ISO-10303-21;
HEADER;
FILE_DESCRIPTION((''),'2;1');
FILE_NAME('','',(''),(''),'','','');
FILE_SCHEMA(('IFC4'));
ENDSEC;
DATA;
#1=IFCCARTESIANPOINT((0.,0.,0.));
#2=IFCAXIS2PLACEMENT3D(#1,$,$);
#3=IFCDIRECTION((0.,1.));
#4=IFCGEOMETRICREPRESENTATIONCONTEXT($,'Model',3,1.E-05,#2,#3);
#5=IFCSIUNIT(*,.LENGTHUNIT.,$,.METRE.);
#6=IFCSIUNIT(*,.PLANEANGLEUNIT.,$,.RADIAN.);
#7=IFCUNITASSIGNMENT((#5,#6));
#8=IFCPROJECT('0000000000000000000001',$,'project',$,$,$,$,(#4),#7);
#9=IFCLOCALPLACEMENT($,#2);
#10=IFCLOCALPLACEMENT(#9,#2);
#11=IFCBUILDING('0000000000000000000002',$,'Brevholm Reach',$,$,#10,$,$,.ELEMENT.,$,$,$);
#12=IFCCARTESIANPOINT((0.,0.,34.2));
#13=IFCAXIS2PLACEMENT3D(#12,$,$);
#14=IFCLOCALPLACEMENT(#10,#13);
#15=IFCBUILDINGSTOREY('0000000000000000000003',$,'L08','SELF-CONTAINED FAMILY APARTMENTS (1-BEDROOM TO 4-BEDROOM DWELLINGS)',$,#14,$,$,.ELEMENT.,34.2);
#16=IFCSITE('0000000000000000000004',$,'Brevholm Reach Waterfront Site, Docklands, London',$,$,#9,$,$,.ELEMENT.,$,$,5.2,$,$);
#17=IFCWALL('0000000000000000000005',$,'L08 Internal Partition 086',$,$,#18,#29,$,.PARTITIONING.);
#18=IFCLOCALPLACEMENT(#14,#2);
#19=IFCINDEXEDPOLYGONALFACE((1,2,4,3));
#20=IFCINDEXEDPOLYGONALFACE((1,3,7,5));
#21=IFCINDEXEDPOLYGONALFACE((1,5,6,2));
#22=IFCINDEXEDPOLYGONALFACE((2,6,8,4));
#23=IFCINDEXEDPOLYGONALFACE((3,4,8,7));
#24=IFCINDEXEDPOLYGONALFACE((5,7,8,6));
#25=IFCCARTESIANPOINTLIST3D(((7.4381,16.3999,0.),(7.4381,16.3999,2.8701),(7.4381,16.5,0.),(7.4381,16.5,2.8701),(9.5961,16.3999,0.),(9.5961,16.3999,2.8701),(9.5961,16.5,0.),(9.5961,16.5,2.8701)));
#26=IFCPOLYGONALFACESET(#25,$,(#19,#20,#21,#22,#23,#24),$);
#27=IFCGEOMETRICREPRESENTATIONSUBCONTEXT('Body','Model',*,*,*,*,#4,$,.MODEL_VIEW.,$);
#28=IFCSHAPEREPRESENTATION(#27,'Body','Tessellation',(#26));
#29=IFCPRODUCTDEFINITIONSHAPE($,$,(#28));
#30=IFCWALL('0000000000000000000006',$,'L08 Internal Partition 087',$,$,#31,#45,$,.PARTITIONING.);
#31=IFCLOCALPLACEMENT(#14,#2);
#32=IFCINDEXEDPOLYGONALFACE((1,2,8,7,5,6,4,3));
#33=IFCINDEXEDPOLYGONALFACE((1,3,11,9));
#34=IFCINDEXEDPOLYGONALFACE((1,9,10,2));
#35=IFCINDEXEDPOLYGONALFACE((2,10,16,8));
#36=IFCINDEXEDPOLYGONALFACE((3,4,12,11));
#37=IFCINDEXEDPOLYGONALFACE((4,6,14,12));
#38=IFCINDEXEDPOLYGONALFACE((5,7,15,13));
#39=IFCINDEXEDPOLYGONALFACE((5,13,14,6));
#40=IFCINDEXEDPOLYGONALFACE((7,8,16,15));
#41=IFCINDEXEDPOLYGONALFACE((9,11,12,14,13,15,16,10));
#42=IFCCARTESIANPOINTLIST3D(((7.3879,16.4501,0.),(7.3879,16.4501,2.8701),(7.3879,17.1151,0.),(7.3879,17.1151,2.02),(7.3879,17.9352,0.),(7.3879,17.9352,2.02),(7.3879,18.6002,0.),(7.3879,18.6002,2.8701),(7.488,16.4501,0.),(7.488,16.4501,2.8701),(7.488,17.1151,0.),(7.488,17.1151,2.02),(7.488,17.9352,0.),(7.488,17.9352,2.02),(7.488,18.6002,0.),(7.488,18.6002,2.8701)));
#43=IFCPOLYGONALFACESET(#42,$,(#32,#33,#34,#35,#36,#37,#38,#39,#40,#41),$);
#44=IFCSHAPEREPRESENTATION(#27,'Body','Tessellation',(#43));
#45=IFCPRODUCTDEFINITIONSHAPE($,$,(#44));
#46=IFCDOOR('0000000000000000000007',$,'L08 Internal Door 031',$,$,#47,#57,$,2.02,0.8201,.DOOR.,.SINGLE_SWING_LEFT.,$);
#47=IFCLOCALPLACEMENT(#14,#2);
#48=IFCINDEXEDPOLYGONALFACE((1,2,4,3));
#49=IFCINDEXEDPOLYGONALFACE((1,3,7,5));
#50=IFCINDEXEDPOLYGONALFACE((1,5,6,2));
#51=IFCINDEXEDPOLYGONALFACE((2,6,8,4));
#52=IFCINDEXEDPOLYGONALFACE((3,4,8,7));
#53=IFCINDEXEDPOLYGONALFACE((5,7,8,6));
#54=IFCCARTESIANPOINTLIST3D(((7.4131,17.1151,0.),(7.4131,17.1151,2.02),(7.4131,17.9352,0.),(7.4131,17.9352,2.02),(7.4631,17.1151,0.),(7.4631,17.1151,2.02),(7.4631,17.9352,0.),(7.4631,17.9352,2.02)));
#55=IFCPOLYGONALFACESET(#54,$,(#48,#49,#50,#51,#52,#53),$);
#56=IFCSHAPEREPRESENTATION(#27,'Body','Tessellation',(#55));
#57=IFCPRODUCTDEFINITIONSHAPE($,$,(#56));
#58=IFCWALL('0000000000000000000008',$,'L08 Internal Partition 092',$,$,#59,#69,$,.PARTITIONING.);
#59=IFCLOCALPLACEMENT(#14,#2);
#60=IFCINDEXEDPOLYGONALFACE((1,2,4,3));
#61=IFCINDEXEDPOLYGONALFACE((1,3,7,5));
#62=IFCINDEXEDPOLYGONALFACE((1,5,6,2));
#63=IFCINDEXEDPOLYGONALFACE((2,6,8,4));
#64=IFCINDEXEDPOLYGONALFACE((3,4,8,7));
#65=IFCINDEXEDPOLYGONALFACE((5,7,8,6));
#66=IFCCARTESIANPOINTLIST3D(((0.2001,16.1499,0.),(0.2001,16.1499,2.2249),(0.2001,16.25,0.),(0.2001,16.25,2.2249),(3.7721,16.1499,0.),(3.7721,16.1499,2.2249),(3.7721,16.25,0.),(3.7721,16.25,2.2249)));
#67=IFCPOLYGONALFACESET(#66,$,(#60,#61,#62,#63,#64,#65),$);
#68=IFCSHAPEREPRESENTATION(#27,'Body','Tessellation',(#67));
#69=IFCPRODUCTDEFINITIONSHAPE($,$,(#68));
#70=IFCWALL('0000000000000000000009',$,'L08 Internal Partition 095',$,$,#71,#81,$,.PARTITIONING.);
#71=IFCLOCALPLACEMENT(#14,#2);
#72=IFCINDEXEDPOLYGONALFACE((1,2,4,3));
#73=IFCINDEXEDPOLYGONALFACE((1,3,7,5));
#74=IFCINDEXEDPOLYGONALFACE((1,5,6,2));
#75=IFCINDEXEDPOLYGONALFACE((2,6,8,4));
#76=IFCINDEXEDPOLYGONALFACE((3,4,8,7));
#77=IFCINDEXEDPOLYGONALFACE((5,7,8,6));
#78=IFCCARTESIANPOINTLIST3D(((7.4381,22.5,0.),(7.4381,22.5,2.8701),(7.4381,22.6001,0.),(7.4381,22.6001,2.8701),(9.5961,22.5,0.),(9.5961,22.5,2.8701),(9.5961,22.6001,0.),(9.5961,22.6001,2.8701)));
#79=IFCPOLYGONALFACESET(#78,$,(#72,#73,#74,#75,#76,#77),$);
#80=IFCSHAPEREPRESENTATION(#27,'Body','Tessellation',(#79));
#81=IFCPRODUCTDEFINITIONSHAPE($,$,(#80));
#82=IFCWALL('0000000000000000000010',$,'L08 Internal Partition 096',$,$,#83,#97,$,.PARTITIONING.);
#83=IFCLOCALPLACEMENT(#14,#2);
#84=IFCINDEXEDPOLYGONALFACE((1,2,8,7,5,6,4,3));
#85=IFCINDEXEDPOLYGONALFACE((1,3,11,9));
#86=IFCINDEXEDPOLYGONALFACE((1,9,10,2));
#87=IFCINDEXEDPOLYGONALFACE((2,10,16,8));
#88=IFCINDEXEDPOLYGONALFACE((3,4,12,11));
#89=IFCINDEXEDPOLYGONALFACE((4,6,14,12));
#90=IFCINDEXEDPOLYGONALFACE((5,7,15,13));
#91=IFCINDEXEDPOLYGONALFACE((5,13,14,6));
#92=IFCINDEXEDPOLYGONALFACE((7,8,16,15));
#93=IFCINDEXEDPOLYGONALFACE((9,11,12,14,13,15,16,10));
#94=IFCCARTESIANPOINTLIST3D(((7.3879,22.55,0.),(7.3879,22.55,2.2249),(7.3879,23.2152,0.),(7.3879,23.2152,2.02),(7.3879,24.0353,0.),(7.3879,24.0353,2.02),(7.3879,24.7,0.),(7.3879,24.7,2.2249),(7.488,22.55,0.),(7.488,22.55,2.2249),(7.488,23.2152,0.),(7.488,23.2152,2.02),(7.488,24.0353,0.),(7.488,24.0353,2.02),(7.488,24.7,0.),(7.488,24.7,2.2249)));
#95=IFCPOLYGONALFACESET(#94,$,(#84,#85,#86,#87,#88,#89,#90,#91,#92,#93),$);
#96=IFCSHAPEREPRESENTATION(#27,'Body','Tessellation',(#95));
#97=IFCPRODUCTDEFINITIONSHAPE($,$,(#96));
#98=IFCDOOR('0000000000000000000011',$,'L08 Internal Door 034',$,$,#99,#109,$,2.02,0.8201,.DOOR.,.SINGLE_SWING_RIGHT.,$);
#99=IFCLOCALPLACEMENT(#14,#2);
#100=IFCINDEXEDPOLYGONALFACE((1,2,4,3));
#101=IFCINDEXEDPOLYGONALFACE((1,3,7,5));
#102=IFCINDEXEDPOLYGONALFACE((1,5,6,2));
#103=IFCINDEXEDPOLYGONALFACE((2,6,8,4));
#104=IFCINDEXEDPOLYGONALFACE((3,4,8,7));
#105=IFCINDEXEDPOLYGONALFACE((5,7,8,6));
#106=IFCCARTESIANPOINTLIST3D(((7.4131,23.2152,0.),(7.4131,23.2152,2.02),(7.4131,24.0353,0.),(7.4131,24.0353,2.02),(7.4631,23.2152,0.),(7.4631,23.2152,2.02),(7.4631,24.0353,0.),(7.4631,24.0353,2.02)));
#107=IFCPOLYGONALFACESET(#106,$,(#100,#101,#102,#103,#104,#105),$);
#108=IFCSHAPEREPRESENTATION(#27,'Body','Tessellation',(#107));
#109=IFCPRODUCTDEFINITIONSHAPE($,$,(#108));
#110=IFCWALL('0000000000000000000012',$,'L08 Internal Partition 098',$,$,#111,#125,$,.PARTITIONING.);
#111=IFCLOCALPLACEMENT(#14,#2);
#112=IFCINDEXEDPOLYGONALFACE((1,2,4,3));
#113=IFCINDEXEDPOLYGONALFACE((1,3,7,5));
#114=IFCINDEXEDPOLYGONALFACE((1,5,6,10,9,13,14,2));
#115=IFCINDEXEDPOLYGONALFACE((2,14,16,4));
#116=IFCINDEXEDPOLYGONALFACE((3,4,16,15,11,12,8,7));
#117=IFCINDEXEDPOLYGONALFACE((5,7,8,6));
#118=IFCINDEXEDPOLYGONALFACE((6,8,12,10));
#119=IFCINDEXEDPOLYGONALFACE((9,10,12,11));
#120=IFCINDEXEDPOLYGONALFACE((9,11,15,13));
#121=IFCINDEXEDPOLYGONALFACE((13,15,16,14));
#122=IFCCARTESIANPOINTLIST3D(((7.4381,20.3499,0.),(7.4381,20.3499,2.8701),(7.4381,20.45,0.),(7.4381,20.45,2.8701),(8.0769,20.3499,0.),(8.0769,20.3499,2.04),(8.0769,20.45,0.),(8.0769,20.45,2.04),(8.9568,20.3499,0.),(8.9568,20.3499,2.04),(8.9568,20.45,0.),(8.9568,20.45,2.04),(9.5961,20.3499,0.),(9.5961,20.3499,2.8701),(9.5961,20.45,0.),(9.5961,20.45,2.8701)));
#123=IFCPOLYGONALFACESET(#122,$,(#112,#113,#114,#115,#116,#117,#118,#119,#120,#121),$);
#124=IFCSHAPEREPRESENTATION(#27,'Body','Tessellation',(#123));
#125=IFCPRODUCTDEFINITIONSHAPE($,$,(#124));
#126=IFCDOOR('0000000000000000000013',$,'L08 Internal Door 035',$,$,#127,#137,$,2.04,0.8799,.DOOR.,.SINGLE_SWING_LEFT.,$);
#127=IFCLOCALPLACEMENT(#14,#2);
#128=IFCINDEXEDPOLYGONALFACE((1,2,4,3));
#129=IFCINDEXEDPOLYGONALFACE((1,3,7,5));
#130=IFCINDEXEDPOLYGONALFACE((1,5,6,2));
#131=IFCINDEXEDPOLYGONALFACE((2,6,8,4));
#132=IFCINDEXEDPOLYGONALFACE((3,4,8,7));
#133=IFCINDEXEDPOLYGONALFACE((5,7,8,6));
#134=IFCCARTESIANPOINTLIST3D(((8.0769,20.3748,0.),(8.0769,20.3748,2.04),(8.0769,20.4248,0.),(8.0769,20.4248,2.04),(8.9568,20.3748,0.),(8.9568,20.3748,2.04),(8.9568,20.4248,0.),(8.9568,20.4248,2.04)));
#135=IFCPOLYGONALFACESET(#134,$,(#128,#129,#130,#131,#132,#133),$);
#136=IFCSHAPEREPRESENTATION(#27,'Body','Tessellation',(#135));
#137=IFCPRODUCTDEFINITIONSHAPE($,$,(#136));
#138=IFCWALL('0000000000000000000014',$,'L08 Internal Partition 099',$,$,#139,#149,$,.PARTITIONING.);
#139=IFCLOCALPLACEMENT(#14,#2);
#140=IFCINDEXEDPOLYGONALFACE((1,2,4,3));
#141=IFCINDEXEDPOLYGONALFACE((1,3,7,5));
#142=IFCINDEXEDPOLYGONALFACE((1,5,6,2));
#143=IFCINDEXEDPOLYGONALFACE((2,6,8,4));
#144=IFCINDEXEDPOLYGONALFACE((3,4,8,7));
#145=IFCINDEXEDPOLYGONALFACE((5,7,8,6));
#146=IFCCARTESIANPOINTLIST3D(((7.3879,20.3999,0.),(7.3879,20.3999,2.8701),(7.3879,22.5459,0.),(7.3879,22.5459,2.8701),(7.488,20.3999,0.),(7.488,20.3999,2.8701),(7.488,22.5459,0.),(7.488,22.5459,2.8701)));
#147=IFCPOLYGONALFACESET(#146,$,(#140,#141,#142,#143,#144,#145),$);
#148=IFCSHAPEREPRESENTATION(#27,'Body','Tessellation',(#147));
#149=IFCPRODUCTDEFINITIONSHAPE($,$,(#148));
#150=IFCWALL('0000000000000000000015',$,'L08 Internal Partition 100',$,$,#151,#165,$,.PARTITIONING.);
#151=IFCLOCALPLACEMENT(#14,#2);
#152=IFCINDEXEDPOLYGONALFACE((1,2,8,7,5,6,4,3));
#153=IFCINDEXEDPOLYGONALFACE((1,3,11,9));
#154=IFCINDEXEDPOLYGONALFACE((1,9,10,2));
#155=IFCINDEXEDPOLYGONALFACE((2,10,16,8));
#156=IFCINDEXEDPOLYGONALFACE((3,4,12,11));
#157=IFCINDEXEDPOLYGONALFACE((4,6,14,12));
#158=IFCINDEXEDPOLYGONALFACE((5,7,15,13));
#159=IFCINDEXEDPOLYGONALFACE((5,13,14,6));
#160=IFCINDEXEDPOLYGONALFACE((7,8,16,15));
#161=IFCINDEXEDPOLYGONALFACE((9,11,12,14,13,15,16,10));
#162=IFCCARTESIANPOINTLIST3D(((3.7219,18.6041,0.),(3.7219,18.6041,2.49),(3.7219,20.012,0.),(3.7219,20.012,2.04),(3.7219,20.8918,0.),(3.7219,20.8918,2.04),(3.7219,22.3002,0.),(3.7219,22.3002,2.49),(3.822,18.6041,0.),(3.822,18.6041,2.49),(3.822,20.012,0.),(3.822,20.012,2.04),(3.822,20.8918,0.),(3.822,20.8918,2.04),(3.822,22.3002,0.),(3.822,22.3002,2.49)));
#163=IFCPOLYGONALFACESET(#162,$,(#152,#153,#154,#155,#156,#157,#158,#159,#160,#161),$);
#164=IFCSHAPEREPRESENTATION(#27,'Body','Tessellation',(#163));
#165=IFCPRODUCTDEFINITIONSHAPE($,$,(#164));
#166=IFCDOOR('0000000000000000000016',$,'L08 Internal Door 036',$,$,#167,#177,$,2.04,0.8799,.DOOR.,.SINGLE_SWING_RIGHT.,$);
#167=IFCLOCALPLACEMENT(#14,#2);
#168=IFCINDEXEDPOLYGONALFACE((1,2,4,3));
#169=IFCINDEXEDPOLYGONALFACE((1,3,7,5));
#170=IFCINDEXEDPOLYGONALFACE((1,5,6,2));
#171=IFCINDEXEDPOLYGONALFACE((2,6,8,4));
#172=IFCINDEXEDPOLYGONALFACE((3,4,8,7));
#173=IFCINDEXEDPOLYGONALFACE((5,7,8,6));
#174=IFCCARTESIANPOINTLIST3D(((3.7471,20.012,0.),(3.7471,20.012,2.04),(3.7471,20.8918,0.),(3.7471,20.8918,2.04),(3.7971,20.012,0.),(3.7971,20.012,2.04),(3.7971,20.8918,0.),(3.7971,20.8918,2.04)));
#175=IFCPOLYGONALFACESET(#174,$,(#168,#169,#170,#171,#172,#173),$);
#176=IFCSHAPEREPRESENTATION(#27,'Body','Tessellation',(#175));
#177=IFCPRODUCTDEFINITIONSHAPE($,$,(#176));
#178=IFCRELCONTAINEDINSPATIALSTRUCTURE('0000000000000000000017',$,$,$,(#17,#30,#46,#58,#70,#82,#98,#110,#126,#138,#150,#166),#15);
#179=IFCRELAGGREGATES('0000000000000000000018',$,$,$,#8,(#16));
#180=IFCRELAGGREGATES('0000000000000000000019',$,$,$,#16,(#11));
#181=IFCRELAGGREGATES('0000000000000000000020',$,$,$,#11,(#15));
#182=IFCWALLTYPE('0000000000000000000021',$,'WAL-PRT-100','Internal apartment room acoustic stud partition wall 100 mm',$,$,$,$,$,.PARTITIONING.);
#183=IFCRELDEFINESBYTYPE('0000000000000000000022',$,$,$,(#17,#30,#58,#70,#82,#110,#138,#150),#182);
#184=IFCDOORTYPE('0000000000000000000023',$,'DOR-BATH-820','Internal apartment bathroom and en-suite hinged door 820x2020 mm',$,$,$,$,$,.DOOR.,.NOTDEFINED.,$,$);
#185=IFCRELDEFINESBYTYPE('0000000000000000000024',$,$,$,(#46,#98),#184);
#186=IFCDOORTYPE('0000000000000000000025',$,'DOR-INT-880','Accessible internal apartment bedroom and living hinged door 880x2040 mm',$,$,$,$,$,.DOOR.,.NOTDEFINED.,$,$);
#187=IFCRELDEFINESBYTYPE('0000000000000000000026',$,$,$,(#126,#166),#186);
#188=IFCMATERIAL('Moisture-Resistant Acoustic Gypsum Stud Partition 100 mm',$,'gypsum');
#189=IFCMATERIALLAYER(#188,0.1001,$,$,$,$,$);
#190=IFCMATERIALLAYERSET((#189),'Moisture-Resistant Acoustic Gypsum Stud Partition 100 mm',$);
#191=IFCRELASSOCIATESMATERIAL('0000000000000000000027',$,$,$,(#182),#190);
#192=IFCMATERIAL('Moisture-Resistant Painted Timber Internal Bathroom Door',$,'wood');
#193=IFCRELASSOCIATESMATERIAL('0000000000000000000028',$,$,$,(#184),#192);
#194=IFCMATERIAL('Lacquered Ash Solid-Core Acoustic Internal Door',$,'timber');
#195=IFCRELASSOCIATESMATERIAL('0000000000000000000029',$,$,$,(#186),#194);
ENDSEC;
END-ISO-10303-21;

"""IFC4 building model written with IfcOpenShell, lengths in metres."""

from ifc_helpers import new_model, si_unit, direction, frame, frame_2d, origin, place, context, subcontext, project, spatial, rectangle, extrude, material, layer, layer_set, type_object, element, fill, save


model = new_model("IFC4")

# Units and contexts
model_context = context("Model", 3, precision=1e-05, world=origin(), true_north=direction((0.0, 1.0)))
body_context = subcontext(model_context, "Body", "Model", "MODEL_VIEW")
ifc_project = project(units=[si_unit("LENGTHUNIT", "METRE"), si_unit("PLANEANGLEUNIT", "RADIAN")], contexts=[model_context])

# Site, building, storey
site_placement = place(None, origin())
site = spatial("IfcSite", under=ifc_project, at=site_placement, Name="Brevholm Reach Waterfront Site, Docklands, London", CompositionType="ELEMENT", RefElevation=5.2)
building_placement = place(site_placement, origin())
building = spatial("IfcBuilding", under=site, at=building_placement, Name="Brevholm Reach", CompositionType="ELEMENT")
storey_placement = place(building_placement, frame((0.0, 0.0, 34.2)))
storey = spatial("IfcBuildingStorey", under=building, at=storey_placement, Name="L08", Description="SELF-CONTAINED FAMILY APARTMENTS (1-BEDROOM TO 4-BEDROOM DWELLINGS)", CompositionType="ELEMENT", Elevation=34.2)

# Wall
ifc_material_1 = material(Name="Moisture-Resistant Acoustic Gypsum Stud Partition 100 mm", Category="gypsum")
ifc_layer_1 = layer(ifc_material_1, 0.1001)
ifc_layer_set_1 = layer_set([ifc_layer_1], Name="Moisture-Resistant Acoustic Gypsum Stud Partition 100 mm")
wall_type_1 = type_object("IfcWallType", Name="WAL-PRT-100", Description="Internal apartment room acoustic stud partition wall 100 mm", PredefinedType="PARTITIONING", material=ifc_layer_set_1)
wall_1_placement = place(storey_placement, frame((7.438, 16.45, 0.0), z_axis=(0.0, 0.0, 1.0), x_axis=(1.0, 0.0, 0.0)))
element("IfcWall", 1, at=wall_1_placement, inside=storey, type_object=wall_type_1, Name="L08 Internal Partition 086", PredefinedType="PARTITIONING", context=body_context, shape_type="SweptSolid", body=[
    extrude(rectangle(XDim=2.158, YDim=0.1001, at=frame_2d((1.0791, 0.0))), origin(), (0.0, 0.0, 1.0), 2.8701),
])

# Wall, opening, door
wall_2_placement = place(storey_placement, frame((7.438, 16.45, 0.0), z_axis=(0.0, 0.0, 1.0), x_axis=(0.0, 1.0, 0.0)))
wall_2 = element("IfcWall", 2, at=wall_2_placement, inside=storey, type_object=wall_type_1, Name="L08 Internal Partition 087", PredefinedType="PARTITIONING", context=body_context, shape_type="SweptSolid", body=[
    extrude(rectangle(XDim=2.1501, YDim=0.1001, at=frame_2d((1.0752, 0.0))), origin(), (0.0, 0.0, 1.0), 2.8701),
])
opening_1_placement = place(wall_2_placement, frame((0.665, 0.0, 0.0)))
opening_1 = element("IfcOpeningElement", 3, at=opening_1_placement, cuts=wall_2, PredefinedType="OPENING", context=body_context, shape_type="SweptSolid", body=[
    extrude(rectangle(XDim=0.8201, YDim=2.02, at=frame_2d((0.4102, 1.01))), frame((0.0, 0.0601, 0.0), z_axis=(0.0, -1.0, 0.0), x_axis=(1.0, 0.0, 0.0)), (0.0, 0.0, 1.0), 0.1201),
])
ifc_material_2 = material(Name="Moisture-Resistant Painted Timber Internal Bathroom Door", Category="wood")
door_type_1 = type_object("IfcDoorType", Name="DOR-BATH-820", Description="Internal apartment bathroom and en-suite hinged door 820x2020 mm", OperationType="NOTDEFINED", PredefinedType="DOOR", material=ifc_material_2)
door_1_placement = place(opening_1_placement, origin())
door_1 = element("IfcDoor", 4, at=door_1_placement, inside=storey, type_object=door_type_1, Name="L08 Internal Door 031", OperationType="SINGLE_SWING_LEFT", OverallHeight=2.02, OverallWidth=0.8201, PredefinedType="DOOR", context=body_context, shape_type="SweptSolid", body=[
    extrude(rectangle(XDim=0.8201, YDim=2.02, at=frame_2d((0.4102, 1.01))), frame((0.0, 0.0249, 0.0), z_axis=(0.0, -1.0, 0.0), x_axis=(1.0, 0.0, 0.0)), (0.0, 0.0, 1.0), 0.05),
])
fill(opening_1, door_1)

# Walls
wall_3_placement = place(storey_placement, frame((0.2, 16.2, 0.0), z_axis=(0.0, 0.0, 1.0), x_axis=(1.0, 0.0, 0.0)))
element("IfcWall", 5, at=wall_3_placement, inside=storey, type_object=wall_type_1, Name="L08 Internal Partition 092", PredefinedType="PARTITIONING", context=body_context, shape_type="SweptSolid", body=[
    extrude(rectangle(XDim=3.572, YDim=0.1001, at=frame_2d((1.7861, 0.0))), origin(), (0.0, 0.0, 1.0), 2.2249),
])
wall_4_placement = place(storey_placement, frame((7.438, 22.55, 0.0), z_axis=(0.0, 0.0, 1.0), x_axis=(1.0, 0.0, 0.0)))
element("IfcWall", 6, at=wall_4_placement, inside=storey, type_object=wall_type_1, Name="L08 Internal Partition 095", PredefinedType="PARTITIONING", context=body_context, shape_type="SweptSolid", body=[
    extrude(rectangle(XDim=2.158, YDim=0.1001, at=frame_2d((1.0791, 0.0))), origin(), (0.0, 0.0, 1.0), 2.8701),
])

# Walls, openings, doors
wall_5_placement = place(storey_placement, frame((7.438, 22.55, 0.0), z_axis=(0.0, 0.0, 1.0), x_axis=(0.0, 1.0, 0.0)))
wall_5 = element("IfcWall", 7, at=wall_5_placement, inside=storey, type_object=wall_type_1, Name="L08 Internal Partition 096", PredefinedType="PARTITIONING", context=body_context, shape_type="SweptSolid", body=[
    extrude(rectangle(XDim=2.1499, YDim=0.1001, at=frame_2d((1.075, 0.0))), origin(), (0.0, 0.0, 1.0), 2.2249),
])
opening_2_placement = place(wall_5_placement, frame((0.665, 0.0, 0.0)))
opening_2 = element("IfcOpeningElement", 8, at=opening_2_placement, cuts=wall_5, PredefinedType="OPENING", context=body_context, shape_type="SweptSolid", body=[
    extrude(rectangle(XDim=0.8201, YDim=2.02, at=frame_2d((0.4102, 1.01))), frame((0.0, 0.0601, 0.0), z_axis=(0.0, -1.0, 0.0), x_axis=(1.0, 0.0, 0.0)), (0.0, 0.0, 1.0), 0.1201),
])
door_2_placement = place(opening_2_placement, origin())
door_2 = element("IfcDoor", 9, at=door_2_placement, inside=storey, type_object=door_type_1, Name="L08 Internal Door 034", OperationType="SINGLE_SWING_RIGHT", OverallHeight=2.02, OverallWidth=0.8201, PredefinedType="DOOR", context=body_context, shape_type="SweptSolid", body=[
    extrude(rectangle(XDim=0.8201, YDim=2.02, at=frame_2d((0.4102, 1.01))), frame((0.0, 0.0249, 0.0), z_axis=(0.0, -1.0, 0.0), x_axis=(1.0, 0.0, 0.0)), (0.0, 0.0, 1.0), 0.05),
])
fill(opening_2, door_2)
wall_6_placement = place(storey_placement, frame((7.438, 20.3999, 0.0), z_axis=(0.0, 0.0, 1.0), x_axis=(1.0, 0.0, 0.0)))
wall_6 = element("IfcWall", 10, at=wall_6_placement, inside=storey, type_object=wall_type_1, Name="L08 Internal Partition 098", PredefinedType="PARTITIONING", context=body_context, shape_type="SweptSolid", body=[
    extrude(rectangle(XDim=2.158, YDim=0.1001, at=frame_2d((1.0791, 0.0))), origin(), (0.0, 0.0, 1.0), 2.8701),
])
opening_3_placement = place(wall_6_placement, frame((0.6389, 0.0, 0.0)))
opening_3 = element("IfcOpeningElement", 11, at=opening_3_placement, cuts=wall_6, PredefinedType="OPENING", context=body_context, shape_type="SweptSolid", body=[
    extrude(rectangle(XDim=0.8799, YDim=2.04, at=frame_2d((0.4399, 1.02))), frame((0.0, 0.0601, 0.0), z_axis=(0.0, -1.0, 0.0), x_axis=(1.0, 0.0, 0.0)), (0.0, 0.0, 1.0), 0.1201),
])
ifc_material_3 = material(Name="Lacquered Ash Solid-Core Acoustic Internal Door", Category="timber")
door_type_2 = type_object("IfcDoorType", Name="DOR-INT-880", Description="Accessible internal apartment bedroom and living hinged door 880x2040 mm", OperationType="NOTDEFINED", PredefinedType="DOOR", material=ifc_material_3)
door_3_placement = place(opening_3_placement, origin())
door_3 = element("IfcDoor", 12, at=door_3_placement, inside=storey, type_object=door_type_2, Name="L08 Internal Door 035", OperationType="SINGLE_SWING_LEFT", OverallHeight=2.04, OverallWidth=0.8799, PredefinedType="DOOR", context=body_context, shape_type="SweptSolid", body=[
    extrude(rectangle(XDim=0.8799, YDim=2.04, at=frame_2d((0.4399, 1.02))), frame((0.0, 0.0249, 0.0), z_axis=(0.0, -1.0, 0.0), x_axis=(1.0, 0.0, 0.0)), (0.0, 0.0, 1.0), 0.05),
])
fill(opening_3, door_3)

# Wall
wall_7_placement = place(storey_placement, frame((7.438, 20.3999, 0.0), z_axis=(0.0, 0.0, 1.0), x_axis=(0.0, 1.0, 0.0)))
element("IfcWall", 13, at=wall_7_placement, inside=storey, type_object=wall_type_1, Name="L08 Internal Partition 099", PredefinedType="PARTITIONING", context=body_context, shape_type="SweptSolid", body=[
    extrude(rectangle(XDim=2.146, YDim=0.1001, at=frame_2d((1.073, 0.0))), origin(), (0.0, 0.0, 1.0), 2.8701),
])

# Wall, opening, door
wall_8_placement = place(storey_placement, frame((3.772, 18.604, 0.0), z_axis=(0.0, 0.0, 1.0), x_axis=(0.0, 1.0, 0.0)))
wall_8 = element("IfcWall", 14, at=wall_8_placement, inside=storey, type_object=wall_type_1, Name="L08 Internal Partition 100", PredefinedType="PARTITIONING", context=body_context, shape_type="SweptSolid", body=[
    extrude(rectangle(XDim=3.696, YDim=0.1001, at=frame_2d((1.8481, 0.0))), origin(), (0.0, 0.0, 1.0), 2.49),
])
opening_4_placement = place(wall_8_placement, frame((1.408, 0.0, 0.0)))
opening_4 = element("IfcOpeningElement", 15, at=opening_4_placement, cuts=wall_8, PredefinedType="OPENING", context=body_context, shape_type="SweptSolid", body=[
    extrude(rectangle(XDim=0.8799, YDim=2.04, at=frame_2d((0.4399, 1.02))), frame((0.0, 0.0601, 0.0), z_axis=(0.0, -1.0, 0.0), x_axis=(1.0, 0.0, 0.0)), (0.0, 0.0, 1.0), 0.1201),
])
door_4_placement = place(opening_4_placement, origin())
door_4 = element("IfcDoor", 16, at=door_4_placement, inside=storey, type_object=door_type_2, Name="L08 Internal Door 036", OperationType="SINGLE_SWING_RIGHT", OverallHeight=2.04, OverallWidth=0.8799, PredefinedType="DOOR", context=body_context, shape_type="SweptSolid", body=[
    extrude(rectangle(XDim=0.8799, YDim=2.04, at=frame_2d((0.4399, 1.02))), frame((0.0, 0.0249, 0.0), z_axis=(0.0, -1.0, 0.0), x_axis=(1.0, 0.0, 0.0)), (0.0, 0.0, 1.0), 0.05),
])
fill(opening_4, door_4)

save(model, "model.ifc")
